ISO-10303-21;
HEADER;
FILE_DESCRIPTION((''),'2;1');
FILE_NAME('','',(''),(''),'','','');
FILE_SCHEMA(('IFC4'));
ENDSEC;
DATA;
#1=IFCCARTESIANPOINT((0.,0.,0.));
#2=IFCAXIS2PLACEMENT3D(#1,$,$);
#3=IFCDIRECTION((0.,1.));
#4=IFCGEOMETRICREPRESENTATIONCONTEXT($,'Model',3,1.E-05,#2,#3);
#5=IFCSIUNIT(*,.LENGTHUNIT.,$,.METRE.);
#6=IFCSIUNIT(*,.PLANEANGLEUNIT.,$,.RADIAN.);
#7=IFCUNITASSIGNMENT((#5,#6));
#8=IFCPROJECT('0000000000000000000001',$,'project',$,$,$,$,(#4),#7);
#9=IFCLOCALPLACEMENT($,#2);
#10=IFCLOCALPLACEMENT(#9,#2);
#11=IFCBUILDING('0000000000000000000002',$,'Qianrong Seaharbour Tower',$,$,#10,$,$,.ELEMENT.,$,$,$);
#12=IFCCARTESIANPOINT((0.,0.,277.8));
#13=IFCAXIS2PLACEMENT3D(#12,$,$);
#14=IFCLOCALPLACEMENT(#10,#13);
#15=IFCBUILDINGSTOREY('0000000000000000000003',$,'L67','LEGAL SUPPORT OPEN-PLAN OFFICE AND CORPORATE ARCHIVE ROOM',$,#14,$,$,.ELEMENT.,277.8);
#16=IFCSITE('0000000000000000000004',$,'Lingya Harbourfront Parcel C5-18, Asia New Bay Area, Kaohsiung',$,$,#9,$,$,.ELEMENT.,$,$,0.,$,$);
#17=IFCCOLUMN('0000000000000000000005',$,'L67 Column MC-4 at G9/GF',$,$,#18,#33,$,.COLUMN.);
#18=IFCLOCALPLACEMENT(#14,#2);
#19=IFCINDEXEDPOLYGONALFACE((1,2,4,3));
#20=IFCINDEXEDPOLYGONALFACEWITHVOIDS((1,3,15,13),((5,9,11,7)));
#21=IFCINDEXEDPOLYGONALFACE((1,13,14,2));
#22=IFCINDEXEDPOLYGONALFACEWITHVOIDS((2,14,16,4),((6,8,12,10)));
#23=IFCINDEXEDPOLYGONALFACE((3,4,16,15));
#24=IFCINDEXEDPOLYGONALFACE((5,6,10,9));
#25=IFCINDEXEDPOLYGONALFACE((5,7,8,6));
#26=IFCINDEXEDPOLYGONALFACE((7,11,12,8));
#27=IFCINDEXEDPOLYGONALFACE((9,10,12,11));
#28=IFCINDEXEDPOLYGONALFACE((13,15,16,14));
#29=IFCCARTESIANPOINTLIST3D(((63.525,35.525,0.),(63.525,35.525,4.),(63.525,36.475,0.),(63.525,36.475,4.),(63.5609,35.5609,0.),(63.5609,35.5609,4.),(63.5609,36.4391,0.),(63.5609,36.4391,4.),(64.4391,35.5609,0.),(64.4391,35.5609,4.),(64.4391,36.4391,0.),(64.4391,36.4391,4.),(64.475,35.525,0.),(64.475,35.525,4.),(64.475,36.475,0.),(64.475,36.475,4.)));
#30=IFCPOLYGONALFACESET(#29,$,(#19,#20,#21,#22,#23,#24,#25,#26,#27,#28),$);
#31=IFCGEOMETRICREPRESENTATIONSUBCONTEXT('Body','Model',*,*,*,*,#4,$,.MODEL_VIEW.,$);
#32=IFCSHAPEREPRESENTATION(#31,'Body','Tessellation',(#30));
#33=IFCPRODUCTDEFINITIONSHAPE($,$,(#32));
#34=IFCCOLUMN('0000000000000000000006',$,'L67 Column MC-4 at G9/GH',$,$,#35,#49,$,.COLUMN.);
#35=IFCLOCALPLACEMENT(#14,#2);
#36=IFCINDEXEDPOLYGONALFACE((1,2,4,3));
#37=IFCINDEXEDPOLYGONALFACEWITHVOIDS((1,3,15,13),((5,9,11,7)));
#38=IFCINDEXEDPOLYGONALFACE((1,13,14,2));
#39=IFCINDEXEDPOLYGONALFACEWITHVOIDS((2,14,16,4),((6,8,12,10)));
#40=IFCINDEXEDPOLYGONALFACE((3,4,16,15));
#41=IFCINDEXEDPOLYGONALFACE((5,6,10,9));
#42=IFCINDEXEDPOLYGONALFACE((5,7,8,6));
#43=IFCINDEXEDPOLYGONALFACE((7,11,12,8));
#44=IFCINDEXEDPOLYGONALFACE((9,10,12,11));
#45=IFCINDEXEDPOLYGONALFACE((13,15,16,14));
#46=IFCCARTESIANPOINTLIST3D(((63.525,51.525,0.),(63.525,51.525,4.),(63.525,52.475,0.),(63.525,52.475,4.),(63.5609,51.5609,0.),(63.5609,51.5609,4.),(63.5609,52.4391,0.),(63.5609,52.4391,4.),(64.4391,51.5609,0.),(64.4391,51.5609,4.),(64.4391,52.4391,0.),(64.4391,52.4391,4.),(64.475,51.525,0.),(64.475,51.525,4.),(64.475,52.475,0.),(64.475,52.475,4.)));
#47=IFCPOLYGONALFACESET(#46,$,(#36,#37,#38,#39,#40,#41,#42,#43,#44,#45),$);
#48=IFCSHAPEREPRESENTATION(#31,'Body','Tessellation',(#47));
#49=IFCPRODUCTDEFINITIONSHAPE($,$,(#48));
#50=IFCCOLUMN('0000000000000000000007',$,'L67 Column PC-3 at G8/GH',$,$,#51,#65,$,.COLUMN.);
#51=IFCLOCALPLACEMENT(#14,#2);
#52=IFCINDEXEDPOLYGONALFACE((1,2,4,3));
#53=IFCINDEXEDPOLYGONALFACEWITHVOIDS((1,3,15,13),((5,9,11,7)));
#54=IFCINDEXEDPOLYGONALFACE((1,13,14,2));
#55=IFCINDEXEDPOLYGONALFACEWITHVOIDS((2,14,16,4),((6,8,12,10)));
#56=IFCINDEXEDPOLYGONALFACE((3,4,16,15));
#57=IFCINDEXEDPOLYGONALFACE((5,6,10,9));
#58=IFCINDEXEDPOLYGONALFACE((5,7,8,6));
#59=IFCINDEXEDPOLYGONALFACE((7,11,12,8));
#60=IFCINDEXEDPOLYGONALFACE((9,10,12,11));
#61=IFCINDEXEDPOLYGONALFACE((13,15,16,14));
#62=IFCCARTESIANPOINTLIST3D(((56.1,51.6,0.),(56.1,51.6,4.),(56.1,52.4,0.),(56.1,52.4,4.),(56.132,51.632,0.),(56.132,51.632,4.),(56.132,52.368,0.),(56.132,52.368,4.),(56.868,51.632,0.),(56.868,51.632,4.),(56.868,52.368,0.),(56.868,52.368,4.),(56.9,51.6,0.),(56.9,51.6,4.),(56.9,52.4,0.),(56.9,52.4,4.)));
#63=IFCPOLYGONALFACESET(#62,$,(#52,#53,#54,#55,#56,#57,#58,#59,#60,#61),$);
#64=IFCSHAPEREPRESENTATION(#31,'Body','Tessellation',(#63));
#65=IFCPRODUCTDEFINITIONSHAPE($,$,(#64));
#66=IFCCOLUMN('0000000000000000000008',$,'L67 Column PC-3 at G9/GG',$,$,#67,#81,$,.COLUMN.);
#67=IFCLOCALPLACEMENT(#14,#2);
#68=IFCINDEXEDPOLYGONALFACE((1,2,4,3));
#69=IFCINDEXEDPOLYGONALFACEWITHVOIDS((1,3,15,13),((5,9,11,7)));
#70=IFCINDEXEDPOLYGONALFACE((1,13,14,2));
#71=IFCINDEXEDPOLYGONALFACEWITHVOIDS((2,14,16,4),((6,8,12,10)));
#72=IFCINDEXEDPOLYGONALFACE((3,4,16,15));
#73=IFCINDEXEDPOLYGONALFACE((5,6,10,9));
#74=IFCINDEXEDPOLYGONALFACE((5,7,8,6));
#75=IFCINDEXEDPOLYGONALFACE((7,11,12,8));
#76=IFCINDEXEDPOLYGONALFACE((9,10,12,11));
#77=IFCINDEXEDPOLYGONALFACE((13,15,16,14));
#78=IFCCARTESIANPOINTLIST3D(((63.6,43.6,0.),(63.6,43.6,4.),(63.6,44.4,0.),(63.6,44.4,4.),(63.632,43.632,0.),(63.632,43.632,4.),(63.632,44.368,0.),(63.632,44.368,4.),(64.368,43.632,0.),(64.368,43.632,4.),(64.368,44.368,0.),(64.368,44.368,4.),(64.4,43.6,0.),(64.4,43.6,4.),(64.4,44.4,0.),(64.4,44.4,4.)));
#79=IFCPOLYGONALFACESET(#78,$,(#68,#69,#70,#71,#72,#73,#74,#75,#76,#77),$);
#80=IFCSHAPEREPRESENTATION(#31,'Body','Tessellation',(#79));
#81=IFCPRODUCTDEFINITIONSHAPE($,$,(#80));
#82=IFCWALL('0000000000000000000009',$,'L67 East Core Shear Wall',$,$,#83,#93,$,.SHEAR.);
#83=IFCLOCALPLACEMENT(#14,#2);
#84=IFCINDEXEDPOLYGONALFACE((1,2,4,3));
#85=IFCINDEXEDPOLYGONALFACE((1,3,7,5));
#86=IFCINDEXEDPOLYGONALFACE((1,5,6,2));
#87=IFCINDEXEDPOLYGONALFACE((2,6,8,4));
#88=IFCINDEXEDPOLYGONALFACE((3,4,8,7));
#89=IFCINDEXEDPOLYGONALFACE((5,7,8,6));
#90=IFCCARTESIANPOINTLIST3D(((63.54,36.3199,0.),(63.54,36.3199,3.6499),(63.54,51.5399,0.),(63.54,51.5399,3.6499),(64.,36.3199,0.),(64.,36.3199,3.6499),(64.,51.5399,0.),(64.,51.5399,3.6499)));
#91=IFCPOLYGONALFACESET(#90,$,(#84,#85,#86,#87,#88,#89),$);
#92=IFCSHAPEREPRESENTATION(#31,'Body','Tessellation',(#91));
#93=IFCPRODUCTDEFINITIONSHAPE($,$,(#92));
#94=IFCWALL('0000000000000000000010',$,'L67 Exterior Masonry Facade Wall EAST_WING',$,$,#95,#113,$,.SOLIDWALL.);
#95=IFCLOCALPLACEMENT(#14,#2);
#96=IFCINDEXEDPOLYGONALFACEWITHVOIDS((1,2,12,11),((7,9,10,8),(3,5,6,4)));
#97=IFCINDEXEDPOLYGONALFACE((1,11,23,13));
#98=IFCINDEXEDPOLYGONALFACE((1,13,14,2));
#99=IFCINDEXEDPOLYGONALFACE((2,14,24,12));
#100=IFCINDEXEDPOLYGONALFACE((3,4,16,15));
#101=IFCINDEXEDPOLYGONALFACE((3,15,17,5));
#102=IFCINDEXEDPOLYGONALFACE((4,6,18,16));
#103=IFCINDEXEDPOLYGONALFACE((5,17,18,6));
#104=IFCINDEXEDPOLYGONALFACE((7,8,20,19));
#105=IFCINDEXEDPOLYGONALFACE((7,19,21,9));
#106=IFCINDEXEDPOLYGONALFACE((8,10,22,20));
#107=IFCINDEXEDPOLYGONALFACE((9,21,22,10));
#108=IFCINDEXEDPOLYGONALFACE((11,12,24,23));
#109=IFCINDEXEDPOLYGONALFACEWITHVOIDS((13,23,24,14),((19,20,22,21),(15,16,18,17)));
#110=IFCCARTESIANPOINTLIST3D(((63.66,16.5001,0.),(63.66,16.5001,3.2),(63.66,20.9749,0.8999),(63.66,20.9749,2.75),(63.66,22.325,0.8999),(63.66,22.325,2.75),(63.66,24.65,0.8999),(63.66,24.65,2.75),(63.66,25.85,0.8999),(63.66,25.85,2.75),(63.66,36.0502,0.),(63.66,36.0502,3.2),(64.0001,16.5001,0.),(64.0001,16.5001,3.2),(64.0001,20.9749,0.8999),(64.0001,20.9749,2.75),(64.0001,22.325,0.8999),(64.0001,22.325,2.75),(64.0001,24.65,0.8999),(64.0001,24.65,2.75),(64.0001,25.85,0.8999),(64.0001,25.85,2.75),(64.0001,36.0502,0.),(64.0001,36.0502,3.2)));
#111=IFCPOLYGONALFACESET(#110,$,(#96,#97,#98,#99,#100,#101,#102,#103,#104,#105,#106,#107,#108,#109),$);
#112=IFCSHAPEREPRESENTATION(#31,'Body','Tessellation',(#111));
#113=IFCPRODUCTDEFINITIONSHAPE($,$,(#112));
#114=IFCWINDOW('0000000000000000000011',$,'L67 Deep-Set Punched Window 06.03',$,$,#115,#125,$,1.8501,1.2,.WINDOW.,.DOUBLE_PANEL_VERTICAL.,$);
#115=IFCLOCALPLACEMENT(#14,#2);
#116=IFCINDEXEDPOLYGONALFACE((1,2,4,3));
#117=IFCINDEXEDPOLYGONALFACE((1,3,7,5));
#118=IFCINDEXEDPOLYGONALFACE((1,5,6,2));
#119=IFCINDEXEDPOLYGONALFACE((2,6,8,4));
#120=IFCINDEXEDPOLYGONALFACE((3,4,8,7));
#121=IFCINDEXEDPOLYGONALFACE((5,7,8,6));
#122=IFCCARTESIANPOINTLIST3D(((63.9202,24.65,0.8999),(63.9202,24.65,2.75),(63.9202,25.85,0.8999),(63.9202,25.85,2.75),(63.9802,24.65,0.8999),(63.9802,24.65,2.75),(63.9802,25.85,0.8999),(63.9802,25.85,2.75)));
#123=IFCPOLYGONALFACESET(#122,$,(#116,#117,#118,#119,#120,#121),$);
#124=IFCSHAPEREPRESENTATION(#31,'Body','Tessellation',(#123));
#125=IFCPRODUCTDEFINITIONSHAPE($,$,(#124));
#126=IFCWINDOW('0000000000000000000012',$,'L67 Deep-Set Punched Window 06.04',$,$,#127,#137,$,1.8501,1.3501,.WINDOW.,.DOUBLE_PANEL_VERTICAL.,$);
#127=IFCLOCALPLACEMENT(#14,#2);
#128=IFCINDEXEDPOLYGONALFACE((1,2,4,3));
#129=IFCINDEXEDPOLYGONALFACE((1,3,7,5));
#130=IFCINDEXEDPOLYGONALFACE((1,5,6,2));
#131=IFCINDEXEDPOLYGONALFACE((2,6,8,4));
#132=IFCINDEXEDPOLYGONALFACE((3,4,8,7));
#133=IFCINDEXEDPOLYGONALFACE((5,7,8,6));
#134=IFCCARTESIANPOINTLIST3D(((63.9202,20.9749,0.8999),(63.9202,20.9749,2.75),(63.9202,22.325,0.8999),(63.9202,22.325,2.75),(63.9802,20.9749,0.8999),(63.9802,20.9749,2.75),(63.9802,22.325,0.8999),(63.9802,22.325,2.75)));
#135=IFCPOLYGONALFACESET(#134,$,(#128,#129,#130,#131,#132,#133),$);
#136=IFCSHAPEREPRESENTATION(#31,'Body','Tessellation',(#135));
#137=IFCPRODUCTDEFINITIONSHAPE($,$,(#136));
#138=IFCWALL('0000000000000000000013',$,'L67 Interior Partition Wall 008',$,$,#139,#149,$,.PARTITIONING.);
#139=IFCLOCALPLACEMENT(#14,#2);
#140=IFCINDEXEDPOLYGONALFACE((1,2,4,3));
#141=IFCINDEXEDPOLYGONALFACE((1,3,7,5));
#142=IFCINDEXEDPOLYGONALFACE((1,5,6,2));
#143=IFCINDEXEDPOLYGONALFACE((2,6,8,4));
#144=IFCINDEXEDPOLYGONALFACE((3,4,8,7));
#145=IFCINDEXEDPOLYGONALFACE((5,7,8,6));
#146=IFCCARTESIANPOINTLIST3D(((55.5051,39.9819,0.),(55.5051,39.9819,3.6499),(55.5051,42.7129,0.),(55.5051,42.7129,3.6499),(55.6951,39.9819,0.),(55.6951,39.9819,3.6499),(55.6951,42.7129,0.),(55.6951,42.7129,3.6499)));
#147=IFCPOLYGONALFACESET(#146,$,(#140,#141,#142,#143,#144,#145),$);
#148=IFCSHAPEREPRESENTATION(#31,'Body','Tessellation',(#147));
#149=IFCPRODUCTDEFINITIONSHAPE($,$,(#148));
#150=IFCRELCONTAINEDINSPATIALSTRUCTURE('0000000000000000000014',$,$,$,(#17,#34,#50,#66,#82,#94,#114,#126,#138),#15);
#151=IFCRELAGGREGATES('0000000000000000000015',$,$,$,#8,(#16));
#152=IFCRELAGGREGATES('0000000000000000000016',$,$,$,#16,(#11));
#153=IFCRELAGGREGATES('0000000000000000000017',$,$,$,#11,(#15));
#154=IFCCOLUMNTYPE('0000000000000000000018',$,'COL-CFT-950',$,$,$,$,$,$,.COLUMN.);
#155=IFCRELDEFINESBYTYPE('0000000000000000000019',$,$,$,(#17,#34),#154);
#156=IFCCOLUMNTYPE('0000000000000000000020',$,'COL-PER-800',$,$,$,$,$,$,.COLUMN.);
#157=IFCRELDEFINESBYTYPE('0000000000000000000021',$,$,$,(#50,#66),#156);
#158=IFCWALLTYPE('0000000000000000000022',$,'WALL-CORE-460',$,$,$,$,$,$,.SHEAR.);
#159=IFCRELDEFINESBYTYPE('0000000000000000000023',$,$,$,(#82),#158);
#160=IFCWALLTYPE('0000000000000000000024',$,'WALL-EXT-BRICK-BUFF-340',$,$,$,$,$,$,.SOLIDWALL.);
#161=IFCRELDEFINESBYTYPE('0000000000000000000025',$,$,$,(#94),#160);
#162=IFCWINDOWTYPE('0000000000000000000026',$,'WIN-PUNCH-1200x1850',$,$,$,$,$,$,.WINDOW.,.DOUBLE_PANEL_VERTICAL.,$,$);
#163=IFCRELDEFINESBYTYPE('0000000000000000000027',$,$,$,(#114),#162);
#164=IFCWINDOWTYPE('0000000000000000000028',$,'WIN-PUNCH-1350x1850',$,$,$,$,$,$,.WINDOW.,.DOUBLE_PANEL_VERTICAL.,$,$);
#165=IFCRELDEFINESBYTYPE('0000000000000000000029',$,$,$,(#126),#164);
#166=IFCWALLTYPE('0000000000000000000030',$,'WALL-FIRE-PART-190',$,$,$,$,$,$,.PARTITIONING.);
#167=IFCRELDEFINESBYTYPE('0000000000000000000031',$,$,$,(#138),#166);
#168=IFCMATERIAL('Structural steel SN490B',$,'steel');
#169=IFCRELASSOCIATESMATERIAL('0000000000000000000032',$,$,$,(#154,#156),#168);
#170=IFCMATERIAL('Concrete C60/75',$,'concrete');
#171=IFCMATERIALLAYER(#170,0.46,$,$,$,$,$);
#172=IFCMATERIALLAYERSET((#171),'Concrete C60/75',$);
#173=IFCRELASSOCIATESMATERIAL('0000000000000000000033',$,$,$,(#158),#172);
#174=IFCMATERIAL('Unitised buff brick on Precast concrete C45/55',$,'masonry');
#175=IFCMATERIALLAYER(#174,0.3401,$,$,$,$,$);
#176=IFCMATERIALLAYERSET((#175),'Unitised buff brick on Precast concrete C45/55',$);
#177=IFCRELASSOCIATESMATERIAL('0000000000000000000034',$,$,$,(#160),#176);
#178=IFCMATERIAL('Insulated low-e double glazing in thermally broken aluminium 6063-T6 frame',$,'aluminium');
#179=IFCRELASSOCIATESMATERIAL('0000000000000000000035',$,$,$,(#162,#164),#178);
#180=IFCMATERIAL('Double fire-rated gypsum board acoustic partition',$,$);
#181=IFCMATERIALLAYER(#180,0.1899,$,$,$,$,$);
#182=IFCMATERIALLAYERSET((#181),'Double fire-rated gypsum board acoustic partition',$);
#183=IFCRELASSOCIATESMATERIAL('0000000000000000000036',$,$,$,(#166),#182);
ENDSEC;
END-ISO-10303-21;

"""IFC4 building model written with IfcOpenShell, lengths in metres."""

from ifc_helpers import new_model, si_unit, direction, frame, frame_2d, origin, origin_2d, place, context, subcontext, project, spatial, rectangle, hollow_rectangle, extrude, material, layer, layer_set, material_profile, profile_set, type_object, element, fill, save


model = new_model("IFC4")

# Units and contexts
model_context = context("Model", 3, precision=1e-05, world=origin(), true_north=direction((0.0, 1.0)))
body_context = subcontext(model_context, "Body", "Model", "MODEL_VIEW")
ifc_project = project(units=[si_unit("LENGTHUNIT", "METRE"), si_unit("PLANEANGLEUNIT", "RADIAN")], contexts=[model_context])

# Site, building, storey
site_placement = place(None, origin())
site = spatial("IfcSite", under=ifc_project, at=site_placement, Name="Lingya Harbourfront Parcel C5-18, Asia New Bay Area, Kaohsiung", CompositionType="ELEMENT", RefElevation=0.0)
building_placement = place(site_placement, origin())
building = spatial("IfcBuilding", under=site, at=building_placement, Name="Qianrong Seaharbour Tower", CompositionType="ELEMENT")
storey_placement = place(building_placement, frame((0.0, 0.0, 277.8)))
storey = spatial("IfcBuildingStorey", under=building, at=storey_placement, Name="L67", Description="LEGAL SUPPORT OPEN-PLAN OFFICE AND CORPORATE ARCHIVE ROOM", CompositionType="ELEMENT", Elevation=277.8)

# Columns
ifc_material_1 = material(Name="Structural steel SN490B", Category="steel")
ifc_material_profile_1 = material_profile(ifc_material_1, hollow_rectangle(XDim=0.95, YDim=0.95, WallThickness=0.0359, at=origin_2d()), Name="BOX950x950x36")
ifc_profile_set_1 = profile_set([ifc_material_profile_1], Name="Structural steel SN490B")
column_type_1 = type_object("IfcColumnType", Name="COL-CFT-950", PredefinedType="COLUMN", material=ifc_profile_set_1)
for number, where, z_axis, x_axis, name in (
    (1, (64.0, 36.0, 0.0), (0.0, 0.0, 1.0), (1.0, 0.0, 0.0), "L67 Column MC-4 at G9/GF"),
    (2, (64.0, 52.0, 0.0), (0.0, 0.0, 1.0), (1.0, 0.0, 0.0), "L67 Column MC-4 at G9/GH"),
):
    element("IfcColumn", number, at=place(storey_placement, frame(where, z_axis=z_axis, x_axis=x_axis)), inside=storey, type_object=column_type_1, Name=name, PredefinedType="COLUMN", context=body_context, shape_type="SweptSolid", body=[
        extrude(hollow_rectangle(XDim=0.95, YDim=0.95, WallThickness=0.0359, at=origin_2d()), origin(), (0.0, 0.0, 1.0), 4.0),
    ])
ifc_material_profile_2 = material_profile(ifc_material_1, hollow_rectangle(XDim=0.8, YDim=0.8, WallThickness=0.032, at=origin_2d()), Name="BOX800x800x32")
ifc_profile_set_2 = profile_set([ifc_material_profile_2], Name="Structural steel SN490B")
column_type_2 = type_object("IfcColumnType", Name="COL-PER-800", PredefinedType="COLUMN", material=ifc_profile_set_2)
for number, where, z_axis, x_axis, name in (
    (3, (56.5, 52.0, 0.0), (0.0, 0.0, 1.0), (1.0, 0.0, 0.0), "L67 Column PC-3 at G8/GH"),
    (4, (64.0, 44.0, 0.0), (0.0, 0.0, 1.0), (1.0, 0.0, 0.0), "L67 Column PC-3 at G9/GG"),
):
    element("IfcColumn", number, at=place(storey_placement, frame(where, z_axis=z_axis, x_axis=x_axis)), inside=storey, type_object=column_type_2, Name=name, PredefinedType="COLUMN", context=body_context, shape_type="SweptSolid", body=[
        extrude(hollow_rectangle(XDim=0.8, YDim=0.8, WallThickness=0.032, at=origin_2d()), origin(), (0.0, 0.0, 1.0), 4.0),
    ])

# Wall
ifc_material_2 = material(Name="Concrete C60/75", Category="concrete")
ifc_layer_1 = layer(ifc_material_2, 0.46)
ifc_layer_set_1 = layer_set([ifc_layer_1], Name="Concrete C60/75")
wall_type_1 = type_object("IfcWallType", Name="WALL-CORE-460", PredefinedType="SHEAR", material=ifc_layer_set_1)
wall_1_placement = place(storey_placement, frame((63.77, 36.3201, 0.0), z_axis=(0.0, 0.0, 1.0), x_axis=(0.0, 1.0, 0.0)))
element("IfcWall", 5, at=wall_1_placement, inside=storey, type_object=wall_type_1, Name="L67 East Core Shear Wall", PredefinedType="SHEAR", context=body_context, shape_type="SweptSolid", body=[
    extrude(rectangle(XDim=15.22, YDim=0.46, at=frame_2d((7.6099, 0.0))), origin(), (0.0, 0.0, 1.0), 3.6499),
])

# Wall, openings, windows
ifc_material_3 = material(Name="Unitised buff brick on Precast concrete C45/55", Category="masonry")
ifc_layer_2 = layer(ifc_material_3, 0.3401)
ifc_layer_set_2 = layer_set([ifc_layer_2], Name="Unitised buff brick on Precast concrete C45/55")
wall_type_2 = type_object("IfcWallType", Name="WALL-EXT-BRICK-BUFF-340", PredefinedType="SOLIDWALL", material=ifc_layer_set_2)
wall_2_placement = place(storey_placement, frame((63.8301, 36.05, 0.0), z_axis=(0.0, 0.0, 1.0), x_axis=(0.0, -1.0, 0.0)))
wall_2 = element("IfcWall", 6, at=wall_2_placement, inside=storey, type_object=wall_type_2, Name="L67 Exterior Masonry Facade Wall EAST_WING", PredefinedType="SOLIDWALL", context=body_context, shape_type="SweptSolid", body=[
    extrude(rectangle(XDim=19.55, YDim=0.3401, at=frame_2d((9.7749, 0.0))), origin(), (0.0, 0.0, 1.0), 3.2),
])
opening_1_placement = place(wall_2_placement, frame((10.2, 0.0, 0.8999)))
opening_1 = element("IfcOpeningElement", 7, at=opening_1_placement, cuts=wall_2, PredefinedType="OPENING", context=body_context, shape_type="SweptSolid", body=[
    extrude(rectangle(XDim=1.2, YDim=1.8501, at=frame_2d((0.6001, 0.925))), frame((0.0, 0.1802, 0.0), z_axis=(0.0, -1.0, 0.0), x_axis=(1.0, 0.0, 0.0)), (0.0, 0.0, 1.0), 0.3601),
])
opening_2_placement = place(wall_2_placement, frame((13.7251, 0.0, 0.8999)))
opening_2 = element("IfcOpeningElement", 8, at=opening_2_placement, cuts=wall_2, PredefinedType="OPENING", context=body_context, shape_type="SweptSolid", body=[
    extrude(rectangle(XDim=1.3501, YDim=1.8501, at=frame_2d((0.675, 0.925))), frame((0.0, 0.1802, 0.0), z_axis=(0.0, -1.0, 0.0), x_axis=(1.0, 0.0, 0.0)), (0.0, 0.0, 1.0), 0.3601),
])
ifc_material_4 = material(Name="Insulated low-e double glazing in thermally broken aluminium 6063-T6 frame", Category="aluminium")
window_type_1 = type_object("IfcWindowType", Name="WIN-PUNCH-1200x1850", PartitioningType="DOUBLE_PANEL_VERTICAL", PredefinedType="WINDOW", material=ifc_material_4)
window_1_placement = place(opening_1_placement, origin())
window_1 = element("IfcWindow", 9, at=window_1_placement, inside=storey, type_object=window_type_1, Name="L67 Deep-Set Punched Window 06.03", OverallHeight=1.8501, OverallWidth=1.2, PartitioningType="DOUBLE_PANEL_VERTICAL", PredefinedType="WINDOW", context=body_context, shape_type="SweptSolid", body=[
    extrude(rectangle(XDim=1.2, YDim=1.8501, at=frame_2d((0.6001, 0.925))), frame((0.0, 0.1501, 0.0), z_axis=(0.0, -1.0, 0.0), x_axis=(1.0, 0.0, 0.0)), (0.0, 0.0, 1.0), 0.0601),
])
fill(opening_1, window_1)
window_type_2 = type_object("IfcWindowType", Name="WIN-PUNCH-1350x1850", PartitioningType="DOUBLE_PANEL_VERTICAL", PredefinedType="WINDOW", material=ifc_material_4)
window_2_placement = place(opening_2_placement, origin())
window_2 = element("IfcWindow", 10, at=window_2_placement, inside=storey, type_object=window_type_2, Name="L67 Deep-Set Punched Window 06.04", OverallHeight=1.8501, OverallWidth=1.3501, PartitioningType="DOUBLE_PANEL_VERTICAL", PredefinedType="WINDOW", context=body_context, shape_type="SweptSolid", body=[
    extrude(rectangle(XDim=1.3501, YDim=1.8501, at=frame_2d((0.675, 0.925))), frame((0.0, 0.1501, 0.0), z_axis=(0.0, -1.0, 0.0), x_axis=(1.0, 0.0, 0.0)), (0.0, 0.0, 1.0), 0.0601),
])
fill(opening_2, window_2)

# Wall
ifc_material_5 = material(Name="Double fire-rated gypsum board acoustic partition")
ifc_layer_3 = layer(ifc_material_5, 0.1899)
ifc_layer_set_3 = layer_set([ifc_layer_3], Name="Double fire-rated gypsum board acoustic partition")
wall_type_3 = type_object("IfcWallType", Name="WALL-FIRE-PART-190", PredefinedType="PARTITIONING", material=ifc_layer_set_3)
wall_3_placement = place(storey_placement, frame((55.6001, 42.7129, 0.0), z_axis=(0.0, 0.0, 1.0), x_axis=(0.0, -1.0, 0.0)))
element("IfcWall", 11, at=wall_3_placement, inside=storey, type_object=wall_type_3, Name="L67 Interior Partition Wall 008", PredefinedType="PARTITIONING", context=body_context, shape_type="SweptSolid", body=[
    extrude(rectangle(XDim=2.731, YDim=0.1899, at=frame_2d((1.3655, 0.0))), origin(), (0.0, 0.0, 1.0), 3.6499),
])

save(model, "model.ifc")
